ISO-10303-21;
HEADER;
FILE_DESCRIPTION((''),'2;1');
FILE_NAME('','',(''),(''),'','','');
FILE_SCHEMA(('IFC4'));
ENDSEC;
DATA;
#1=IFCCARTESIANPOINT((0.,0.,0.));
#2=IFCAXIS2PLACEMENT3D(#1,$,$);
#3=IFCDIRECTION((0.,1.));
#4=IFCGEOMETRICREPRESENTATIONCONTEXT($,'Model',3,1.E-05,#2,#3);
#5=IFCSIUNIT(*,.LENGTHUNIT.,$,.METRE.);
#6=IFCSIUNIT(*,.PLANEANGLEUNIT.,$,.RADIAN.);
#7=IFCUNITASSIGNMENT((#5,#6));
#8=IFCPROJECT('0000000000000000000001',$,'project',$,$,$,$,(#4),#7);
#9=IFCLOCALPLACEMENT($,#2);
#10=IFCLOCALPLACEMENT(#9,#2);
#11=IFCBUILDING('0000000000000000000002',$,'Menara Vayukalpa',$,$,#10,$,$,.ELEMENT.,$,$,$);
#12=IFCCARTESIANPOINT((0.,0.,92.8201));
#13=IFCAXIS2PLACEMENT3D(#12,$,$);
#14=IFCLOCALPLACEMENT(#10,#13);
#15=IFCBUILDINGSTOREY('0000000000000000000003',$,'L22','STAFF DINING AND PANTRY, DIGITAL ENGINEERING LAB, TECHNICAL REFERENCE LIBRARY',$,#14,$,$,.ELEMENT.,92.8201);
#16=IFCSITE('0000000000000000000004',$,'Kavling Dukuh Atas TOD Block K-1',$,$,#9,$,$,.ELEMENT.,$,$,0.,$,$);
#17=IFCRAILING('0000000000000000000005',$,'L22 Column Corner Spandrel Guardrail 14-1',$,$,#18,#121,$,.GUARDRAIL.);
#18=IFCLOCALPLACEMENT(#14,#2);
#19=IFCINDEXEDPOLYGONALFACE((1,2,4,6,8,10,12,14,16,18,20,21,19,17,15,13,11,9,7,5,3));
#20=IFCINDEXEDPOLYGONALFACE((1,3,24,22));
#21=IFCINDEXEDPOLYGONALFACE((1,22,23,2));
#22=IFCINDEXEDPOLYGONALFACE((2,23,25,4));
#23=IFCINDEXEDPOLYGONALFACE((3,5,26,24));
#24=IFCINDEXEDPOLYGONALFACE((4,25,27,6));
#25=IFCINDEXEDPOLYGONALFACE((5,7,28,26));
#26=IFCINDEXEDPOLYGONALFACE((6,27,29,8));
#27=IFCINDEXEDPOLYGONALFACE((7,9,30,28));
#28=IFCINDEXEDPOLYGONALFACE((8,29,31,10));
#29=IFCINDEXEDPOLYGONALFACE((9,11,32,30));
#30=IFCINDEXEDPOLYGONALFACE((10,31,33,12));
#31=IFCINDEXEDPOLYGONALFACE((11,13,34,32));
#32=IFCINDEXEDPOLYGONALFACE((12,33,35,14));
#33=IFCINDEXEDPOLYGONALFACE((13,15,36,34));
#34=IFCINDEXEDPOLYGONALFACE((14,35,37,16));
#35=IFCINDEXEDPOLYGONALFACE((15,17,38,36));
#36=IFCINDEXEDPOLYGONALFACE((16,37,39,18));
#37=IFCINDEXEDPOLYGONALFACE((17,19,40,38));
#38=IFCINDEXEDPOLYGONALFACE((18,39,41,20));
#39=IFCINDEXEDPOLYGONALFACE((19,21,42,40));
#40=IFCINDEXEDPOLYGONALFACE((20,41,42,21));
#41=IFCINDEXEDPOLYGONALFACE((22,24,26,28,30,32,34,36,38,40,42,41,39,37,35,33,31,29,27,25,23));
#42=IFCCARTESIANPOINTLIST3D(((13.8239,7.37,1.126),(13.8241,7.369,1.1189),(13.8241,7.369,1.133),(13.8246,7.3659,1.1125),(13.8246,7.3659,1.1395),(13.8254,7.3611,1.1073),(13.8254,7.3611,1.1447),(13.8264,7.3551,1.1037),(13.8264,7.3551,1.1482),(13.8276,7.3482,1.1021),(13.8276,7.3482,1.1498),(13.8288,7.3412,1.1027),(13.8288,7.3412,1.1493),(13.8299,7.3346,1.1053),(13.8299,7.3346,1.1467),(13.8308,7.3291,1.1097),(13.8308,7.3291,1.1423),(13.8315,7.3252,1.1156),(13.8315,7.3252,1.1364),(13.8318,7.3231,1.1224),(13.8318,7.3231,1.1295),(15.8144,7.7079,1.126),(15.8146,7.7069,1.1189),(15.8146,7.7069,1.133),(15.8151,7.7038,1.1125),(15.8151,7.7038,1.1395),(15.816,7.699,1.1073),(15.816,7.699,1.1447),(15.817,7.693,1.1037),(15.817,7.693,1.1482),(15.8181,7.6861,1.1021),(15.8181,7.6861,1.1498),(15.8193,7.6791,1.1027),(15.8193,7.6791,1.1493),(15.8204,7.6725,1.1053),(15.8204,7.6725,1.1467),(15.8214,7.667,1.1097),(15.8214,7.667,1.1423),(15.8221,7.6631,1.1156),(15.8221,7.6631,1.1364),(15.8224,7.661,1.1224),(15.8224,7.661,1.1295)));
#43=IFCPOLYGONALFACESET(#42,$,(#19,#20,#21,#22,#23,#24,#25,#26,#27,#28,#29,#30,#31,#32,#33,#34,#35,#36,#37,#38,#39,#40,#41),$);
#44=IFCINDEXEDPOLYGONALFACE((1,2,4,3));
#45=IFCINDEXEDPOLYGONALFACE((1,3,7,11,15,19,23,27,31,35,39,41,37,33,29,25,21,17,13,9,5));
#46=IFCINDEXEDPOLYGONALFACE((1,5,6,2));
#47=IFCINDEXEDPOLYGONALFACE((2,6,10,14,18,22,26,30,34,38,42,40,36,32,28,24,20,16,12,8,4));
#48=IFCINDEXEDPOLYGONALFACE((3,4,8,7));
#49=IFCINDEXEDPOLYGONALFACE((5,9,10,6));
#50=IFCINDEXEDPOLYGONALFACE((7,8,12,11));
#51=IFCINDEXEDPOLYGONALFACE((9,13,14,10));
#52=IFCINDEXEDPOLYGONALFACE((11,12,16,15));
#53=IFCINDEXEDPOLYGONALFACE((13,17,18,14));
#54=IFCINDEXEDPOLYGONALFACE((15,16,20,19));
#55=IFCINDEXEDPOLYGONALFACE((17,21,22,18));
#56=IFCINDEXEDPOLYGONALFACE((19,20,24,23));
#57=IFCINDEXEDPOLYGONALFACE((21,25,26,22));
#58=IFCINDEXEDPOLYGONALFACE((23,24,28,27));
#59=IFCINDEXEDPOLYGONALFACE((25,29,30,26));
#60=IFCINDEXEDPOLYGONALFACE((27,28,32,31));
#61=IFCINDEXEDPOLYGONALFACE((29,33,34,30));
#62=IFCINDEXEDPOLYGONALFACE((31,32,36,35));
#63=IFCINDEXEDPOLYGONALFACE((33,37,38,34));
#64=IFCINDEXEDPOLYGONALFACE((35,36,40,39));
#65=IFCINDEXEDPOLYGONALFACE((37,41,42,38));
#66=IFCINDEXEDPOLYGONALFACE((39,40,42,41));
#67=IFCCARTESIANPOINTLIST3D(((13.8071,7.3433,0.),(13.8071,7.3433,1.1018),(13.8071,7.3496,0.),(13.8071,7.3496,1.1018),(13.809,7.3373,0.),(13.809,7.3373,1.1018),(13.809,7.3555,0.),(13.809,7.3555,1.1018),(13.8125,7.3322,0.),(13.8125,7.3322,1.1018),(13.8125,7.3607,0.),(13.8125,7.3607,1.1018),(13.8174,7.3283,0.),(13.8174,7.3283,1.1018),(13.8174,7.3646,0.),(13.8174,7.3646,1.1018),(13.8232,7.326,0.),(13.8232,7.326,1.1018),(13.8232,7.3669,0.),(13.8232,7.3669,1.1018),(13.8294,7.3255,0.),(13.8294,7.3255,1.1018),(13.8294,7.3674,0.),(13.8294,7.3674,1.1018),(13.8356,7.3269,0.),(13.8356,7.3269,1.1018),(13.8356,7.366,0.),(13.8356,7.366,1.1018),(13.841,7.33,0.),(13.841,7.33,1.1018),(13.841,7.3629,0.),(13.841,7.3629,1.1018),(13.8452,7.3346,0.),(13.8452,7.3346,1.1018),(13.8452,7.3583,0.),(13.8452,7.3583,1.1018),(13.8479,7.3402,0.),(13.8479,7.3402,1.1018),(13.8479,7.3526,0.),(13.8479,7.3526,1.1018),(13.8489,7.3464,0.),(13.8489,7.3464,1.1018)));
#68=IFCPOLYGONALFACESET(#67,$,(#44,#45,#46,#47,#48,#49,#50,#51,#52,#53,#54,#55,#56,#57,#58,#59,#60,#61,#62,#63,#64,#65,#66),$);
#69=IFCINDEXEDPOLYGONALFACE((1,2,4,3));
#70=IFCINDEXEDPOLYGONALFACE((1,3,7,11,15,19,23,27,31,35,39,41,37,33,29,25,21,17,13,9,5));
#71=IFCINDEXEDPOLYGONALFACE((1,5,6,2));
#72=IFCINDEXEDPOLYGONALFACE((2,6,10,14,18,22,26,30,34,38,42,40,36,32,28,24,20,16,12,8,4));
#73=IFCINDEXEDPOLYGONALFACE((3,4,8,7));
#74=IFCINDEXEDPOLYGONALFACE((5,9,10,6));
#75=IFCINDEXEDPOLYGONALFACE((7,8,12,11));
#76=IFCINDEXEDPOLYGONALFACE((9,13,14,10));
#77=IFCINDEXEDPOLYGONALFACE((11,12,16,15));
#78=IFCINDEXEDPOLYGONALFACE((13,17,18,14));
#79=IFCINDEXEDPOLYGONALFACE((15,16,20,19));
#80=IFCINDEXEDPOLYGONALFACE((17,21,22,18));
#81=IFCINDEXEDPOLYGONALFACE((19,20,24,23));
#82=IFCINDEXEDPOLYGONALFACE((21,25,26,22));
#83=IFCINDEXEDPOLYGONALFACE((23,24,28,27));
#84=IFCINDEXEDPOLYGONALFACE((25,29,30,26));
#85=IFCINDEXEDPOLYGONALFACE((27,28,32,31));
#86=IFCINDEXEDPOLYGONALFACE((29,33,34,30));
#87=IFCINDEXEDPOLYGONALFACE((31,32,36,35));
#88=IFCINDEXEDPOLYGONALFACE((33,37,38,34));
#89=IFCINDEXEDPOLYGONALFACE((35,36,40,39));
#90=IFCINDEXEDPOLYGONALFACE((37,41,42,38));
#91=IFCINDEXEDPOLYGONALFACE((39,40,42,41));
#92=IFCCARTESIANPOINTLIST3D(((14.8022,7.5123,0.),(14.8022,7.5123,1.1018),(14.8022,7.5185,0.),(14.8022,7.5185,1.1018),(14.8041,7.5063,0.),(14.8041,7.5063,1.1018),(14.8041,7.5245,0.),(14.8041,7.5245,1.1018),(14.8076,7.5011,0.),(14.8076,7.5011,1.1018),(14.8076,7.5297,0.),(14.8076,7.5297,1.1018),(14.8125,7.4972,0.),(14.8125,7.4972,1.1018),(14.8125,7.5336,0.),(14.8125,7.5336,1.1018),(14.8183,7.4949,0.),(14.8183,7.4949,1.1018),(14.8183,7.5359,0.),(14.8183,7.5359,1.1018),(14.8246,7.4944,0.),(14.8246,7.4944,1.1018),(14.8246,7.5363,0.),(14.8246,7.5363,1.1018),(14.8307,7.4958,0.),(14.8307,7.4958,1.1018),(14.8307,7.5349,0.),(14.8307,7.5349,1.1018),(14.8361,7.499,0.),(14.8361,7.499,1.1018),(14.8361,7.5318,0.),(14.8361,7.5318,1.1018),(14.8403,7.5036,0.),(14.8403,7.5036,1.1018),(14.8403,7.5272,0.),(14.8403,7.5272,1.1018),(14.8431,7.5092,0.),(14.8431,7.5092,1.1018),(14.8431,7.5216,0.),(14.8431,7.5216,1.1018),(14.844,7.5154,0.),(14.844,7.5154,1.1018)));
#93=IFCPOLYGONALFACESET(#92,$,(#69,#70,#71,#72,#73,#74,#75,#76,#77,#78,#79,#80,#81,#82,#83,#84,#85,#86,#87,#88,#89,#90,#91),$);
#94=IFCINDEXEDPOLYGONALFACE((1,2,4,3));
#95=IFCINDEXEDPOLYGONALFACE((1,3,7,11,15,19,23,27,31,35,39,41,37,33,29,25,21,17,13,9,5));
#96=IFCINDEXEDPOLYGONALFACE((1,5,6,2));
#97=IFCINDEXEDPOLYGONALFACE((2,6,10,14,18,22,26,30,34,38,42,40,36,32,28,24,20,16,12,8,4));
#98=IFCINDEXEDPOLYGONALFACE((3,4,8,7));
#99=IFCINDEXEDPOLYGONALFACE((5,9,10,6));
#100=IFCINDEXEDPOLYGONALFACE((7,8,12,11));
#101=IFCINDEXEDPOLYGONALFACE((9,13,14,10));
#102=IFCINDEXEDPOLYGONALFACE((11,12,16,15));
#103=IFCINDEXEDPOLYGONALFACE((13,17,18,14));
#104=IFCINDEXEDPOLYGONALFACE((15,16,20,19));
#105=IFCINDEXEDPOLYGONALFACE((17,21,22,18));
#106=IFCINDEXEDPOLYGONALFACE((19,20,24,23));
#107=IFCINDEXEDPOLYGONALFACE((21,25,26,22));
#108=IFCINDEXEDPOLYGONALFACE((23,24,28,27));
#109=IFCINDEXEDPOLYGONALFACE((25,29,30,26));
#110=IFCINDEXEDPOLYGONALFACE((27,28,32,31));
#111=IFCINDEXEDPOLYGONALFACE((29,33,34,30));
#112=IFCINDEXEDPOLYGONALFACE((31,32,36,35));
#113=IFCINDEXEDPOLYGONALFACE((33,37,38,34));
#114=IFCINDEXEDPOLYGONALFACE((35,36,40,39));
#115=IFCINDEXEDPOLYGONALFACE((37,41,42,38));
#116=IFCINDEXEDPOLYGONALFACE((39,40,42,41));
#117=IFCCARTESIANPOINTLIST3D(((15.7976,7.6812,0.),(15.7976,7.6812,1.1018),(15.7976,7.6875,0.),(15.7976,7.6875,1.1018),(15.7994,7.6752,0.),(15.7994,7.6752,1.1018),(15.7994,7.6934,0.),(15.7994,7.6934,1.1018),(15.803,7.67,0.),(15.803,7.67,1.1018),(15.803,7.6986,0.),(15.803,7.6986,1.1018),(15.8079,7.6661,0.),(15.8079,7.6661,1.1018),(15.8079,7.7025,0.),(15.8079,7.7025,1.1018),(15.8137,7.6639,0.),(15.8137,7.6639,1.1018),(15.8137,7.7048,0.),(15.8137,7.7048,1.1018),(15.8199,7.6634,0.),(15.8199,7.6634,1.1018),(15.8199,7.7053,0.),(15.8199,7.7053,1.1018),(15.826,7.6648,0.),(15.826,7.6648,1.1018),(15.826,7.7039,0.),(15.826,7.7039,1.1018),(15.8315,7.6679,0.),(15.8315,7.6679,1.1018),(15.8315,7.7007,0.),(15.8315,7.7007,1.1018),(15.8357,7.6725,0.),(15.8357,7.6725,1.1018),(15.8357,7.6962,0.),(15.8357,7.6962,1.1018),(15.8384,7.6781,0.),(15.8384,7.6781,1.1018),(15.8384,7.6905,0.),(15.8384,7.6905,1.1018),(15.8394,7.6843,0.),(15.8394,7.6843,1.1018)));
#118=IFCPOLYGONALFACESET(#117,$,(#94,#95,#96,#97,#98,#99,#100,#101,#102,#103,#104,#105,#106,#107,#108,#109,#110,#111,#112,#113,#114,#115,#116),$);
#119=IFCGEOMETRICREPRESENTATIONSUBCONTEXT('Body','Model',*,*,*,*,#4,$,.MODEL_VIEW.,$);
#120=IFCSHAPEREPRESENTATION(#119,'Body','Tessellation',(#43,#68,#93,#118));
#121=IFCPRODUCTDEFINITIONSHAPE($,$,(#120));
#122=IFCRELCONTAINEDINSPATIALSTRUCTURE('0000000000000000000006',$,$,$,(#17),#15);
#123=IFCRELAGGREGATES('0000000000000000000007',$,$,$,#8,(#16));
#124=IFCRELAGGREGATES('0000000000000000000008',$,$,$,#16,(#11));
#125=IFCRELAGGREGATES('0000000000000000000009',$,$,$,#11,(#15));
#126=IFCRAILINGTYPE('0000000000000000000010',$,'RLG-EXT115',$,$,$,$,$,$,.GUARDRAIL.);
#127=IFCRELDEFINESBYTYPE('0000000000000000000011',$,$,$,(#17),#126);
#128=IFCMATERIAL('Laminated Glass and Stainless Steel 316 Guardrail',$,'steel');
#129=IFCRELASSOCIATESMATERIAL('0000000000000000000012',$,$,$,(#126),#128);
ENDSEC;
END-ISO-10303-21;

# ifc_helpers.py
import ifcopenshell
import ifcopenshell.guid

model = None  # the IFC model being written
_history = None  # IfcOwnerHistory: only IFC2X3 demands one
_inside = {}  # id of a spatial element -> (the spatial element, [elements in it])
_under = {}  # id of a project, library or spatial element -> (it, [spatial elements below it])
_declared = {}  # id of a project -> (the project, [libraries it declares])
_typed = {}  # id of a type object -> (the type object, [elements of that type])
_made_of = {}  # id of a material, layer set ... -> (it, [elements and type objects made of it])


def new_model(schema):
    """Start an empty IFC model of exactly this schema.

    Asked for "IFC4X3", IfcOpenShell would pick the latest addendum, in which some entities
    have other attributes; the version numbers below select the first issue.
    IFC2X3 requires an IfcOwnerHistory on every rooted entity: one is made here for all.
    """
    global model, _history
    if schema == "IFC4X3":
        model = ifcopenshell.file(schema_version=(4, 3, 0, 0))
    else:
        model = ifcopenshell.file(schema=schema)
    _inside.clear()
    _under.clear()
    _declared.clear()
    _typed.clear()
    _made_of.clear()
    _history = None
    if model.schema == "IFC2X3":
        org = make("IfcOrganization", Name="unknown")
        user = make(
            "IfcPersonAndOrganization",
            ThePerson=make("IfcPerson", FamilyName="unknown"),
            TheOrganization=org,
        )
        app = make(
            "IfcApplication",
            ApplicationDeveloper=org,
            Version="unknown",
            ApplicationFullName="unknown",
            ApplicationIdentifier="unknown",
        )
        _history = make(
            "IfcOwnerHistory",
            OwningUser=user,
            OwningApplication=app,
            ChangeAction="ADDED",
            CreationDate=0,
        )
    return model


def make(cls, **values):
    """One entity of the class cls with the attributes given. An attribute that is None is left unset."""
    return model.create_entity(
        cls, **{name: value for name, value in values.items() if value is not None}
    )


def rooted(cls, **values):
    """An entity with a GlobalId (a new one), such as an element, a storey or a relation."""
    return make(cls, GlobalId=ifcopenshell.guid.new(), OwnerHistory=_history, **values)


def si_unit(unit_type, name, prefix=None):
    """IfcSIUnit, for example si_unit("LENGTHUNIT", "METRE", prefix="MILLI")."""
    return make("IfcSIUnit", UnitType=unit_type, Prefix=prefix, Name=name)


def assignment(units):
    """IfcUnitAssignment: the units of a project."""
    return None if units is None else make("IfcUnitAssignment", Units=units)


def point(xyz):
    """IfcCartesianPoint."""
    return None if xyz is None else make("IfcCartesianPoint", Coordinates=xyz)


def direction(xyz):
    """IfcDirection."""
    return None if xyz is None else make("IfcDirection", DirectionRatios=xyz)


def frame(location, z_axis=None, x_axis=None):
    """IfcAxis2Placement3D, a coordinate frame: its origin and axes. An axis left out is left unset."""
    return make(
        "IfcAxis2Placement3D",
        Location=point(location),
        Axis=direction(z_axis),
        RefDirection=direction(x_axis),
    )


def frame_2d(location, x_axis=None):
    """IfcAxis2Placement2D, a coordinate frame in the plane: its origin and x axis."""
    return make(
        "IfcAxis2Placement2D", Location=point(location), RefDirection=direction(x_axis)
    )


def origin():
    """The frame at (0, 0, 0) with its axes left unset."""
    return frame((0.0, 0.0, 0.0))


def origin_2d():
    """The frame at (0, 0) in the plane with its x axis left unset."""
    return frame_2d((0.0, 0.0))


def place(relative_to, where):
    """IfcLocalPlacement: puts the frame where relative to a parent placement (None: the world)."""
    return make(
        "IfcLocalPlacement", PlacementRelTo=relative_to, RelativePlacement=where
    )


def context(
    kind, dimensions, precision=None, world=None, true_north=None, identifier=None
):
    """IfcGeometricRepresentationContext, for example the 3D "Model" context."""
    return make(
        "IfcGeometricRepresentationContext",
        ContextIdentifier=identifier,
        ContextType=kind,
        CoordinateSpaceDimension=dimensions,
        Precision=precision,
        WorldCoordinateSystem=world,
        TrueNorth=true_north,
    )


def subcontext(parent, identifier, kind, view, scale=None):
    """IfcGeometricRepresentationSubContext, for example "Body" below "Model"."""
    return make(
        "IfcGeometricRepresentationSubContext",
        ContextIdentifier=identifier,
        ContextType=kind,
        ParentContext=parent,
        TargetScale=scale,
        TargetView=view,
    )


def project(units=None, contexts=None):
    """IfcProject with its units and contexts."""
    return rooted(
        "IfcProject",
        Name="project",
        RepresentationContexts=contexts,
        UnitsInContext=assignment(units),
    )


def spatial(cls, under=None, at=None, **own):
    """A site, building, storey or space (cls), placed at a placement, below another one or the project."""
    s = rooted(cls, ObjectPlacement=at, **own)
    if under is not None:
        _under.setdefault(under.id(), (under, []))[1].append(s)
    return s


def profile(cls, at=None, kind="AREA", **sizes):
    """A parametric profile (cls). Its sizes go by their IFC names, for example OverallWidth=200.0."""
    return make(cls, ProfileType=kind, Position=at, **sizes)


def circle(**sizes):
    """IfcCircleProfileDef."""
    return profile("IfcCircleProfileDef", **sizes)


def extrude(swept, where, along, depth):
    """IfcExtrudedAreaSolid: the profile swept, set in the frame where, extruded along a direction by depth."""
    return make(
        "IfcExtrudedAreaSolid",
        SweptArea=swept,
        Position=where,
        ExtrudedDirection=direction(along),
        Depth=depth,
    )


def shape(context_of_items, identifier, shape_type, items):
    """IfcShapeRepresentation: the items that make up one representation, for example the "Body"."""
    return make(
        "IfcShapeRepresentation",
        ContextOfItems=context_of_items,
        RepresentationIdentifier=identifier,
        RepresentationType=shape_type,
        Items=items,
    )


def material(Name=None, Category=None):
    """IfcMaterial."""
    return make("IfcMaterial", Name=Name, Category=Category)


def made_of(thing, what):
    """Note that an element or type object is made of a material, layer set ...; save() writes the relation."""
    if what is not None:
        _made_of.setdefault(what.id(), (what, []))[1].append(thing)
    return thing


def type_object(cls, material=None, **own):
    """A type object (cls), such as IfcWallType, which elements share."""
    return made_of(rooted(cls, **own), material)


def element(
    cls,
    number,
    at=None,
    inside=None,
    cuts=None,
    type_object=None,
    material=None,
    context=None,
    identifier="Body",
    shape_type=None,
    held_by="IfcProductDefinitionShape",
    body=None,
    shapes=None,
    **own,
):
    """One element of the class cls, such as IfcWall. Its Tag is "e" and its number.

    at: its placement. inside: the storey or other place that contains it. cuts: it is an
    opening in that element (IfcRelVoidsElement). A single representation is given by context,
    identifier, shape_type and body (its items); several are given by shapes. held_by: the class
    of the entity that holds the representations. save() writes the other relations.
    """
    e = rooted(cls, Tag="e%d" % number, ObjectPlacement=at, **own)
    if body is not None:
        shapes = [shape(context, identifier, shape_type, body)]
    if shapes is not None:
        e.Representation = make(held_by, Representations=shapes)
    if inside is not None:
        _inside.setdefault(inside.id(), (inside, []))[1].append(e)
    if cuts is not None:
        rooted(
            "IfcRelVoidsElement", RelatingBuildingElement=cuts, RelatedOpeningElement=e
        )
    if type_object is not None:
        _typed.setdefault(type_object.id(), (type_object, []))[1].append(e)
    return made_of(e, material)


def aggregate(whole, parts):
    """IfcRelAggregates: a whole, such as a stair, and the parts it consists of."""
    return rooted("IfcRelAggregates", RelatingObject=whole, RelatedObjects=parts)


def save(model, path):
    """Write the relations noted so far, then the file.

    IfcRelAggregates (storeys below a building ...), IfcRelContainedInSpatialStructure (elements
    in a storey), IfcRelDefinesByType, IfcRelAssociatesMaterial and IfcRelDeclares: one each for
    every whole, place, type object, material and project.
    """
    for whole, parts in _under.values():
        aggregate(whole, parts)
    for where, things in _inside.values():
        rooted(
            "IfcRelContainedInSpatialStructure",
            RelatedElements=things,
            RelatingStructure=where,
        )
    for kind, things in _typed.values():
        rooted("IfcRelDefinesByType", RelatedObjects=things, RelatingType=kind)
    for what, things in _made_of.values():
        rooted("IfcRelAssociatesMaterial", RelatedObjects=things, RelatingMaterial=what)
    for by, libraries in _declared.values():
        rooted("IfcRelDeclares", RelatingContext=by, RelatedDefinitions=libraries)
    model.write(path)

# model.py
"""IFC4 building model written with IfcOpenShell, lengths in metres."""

from ifc_helpers import new_model, si_unit, direction, frame, origin, origin_2d, place, context, subcontext, project, spatial, circle, extrude, material, type_object, element, save


model = new_model("IFC4")

# Units and contexts
model_context = context("Model", 3, precision=1e-05, world=origin(), true_north=direction((0.0, 1.0)))
body_context = subcontext(model_context, "Body", "Model", "MODEL_VIEW")
ifc_project = project(units=[si_unit("LENGTHUNIT", "METRE"), si_unit("PLANEANGLEUNIT", "RADIAN")], contexts=[model_context])

# Site, building, storey
site_placement = place(None, origin())
site = spatial("IfcSite", under=ifc_project, at=site_placement, Name="Kavling Dukuh Atas TOD Block K-1", CompositionType="ELEMENT", RefElevation=0.0)
building_placement = place(site_placement, origin())
building = spatial("IfcBuilding", under=site, at=building_placement, Name="Menara Vayukalpa", CompositionType="ELEMENT")
storey_placement = place(building_placement, frame((0.0, 0.0, 92.8201)))
storey = spatial("IfcBuildingStorey", under=building, at=storey_placement, Name="L22", Description="STAFF DINING AND PANTRY, DIGITAL ENGINEERING LAB, TECHNICAL REFERENCE LIBRARY", CompositionType="ELEMENT", Elevation=92.8201)

# Railing
ifc_material_1 = material(Name="Laminated Glass and Stainless Steel 316 Guardrail", Category="steel")
railing_type = type_object("IfcRailingType", Name="RLG-EXT115", PredefinedType="GUARDRAIL", material=ifc_material_1)
railing_1_placement = place(storey_placement, frame((13.8279, 7.3464, 0.0)))
element("IfcRailing", 1, at=railing_1_placement, inside=storey, type_object=railing_type, Name="L22 Column Corner Spandrel Guardrail 14-1", PredefinedType="GUARDRAIL", context=body_context, shape_type="SweptSolid", body=[
    extrude(circle(Radius=0.0239, at=origin_2d()), frame((0.0, 0.0, 1.126), z_axis=(0.985896, 0.167359, 0.0), x_axis=(-0.167359, 0.985896, 0.0)), (0.0, 0.0, 1.0), 2.019),
    extrude(circle(Radius=0.021, at=origin_2d()), origin(), (0.0, 0.0, 1.0), 1.1018),
    extrude(circle(Radius=0.021, at=origin_2d()), frame((0.9951, 0.1689, 0.0)), (0.0, 0.0, 1.0), 1.1018),
    extrude(circle(Radius=0.021, at=origin_2d()), frame((1.9905, 0.3379, 0.0)), (0.0, 0.0, 1.0), 1.1018),
])

save(model, "model.ifc")
